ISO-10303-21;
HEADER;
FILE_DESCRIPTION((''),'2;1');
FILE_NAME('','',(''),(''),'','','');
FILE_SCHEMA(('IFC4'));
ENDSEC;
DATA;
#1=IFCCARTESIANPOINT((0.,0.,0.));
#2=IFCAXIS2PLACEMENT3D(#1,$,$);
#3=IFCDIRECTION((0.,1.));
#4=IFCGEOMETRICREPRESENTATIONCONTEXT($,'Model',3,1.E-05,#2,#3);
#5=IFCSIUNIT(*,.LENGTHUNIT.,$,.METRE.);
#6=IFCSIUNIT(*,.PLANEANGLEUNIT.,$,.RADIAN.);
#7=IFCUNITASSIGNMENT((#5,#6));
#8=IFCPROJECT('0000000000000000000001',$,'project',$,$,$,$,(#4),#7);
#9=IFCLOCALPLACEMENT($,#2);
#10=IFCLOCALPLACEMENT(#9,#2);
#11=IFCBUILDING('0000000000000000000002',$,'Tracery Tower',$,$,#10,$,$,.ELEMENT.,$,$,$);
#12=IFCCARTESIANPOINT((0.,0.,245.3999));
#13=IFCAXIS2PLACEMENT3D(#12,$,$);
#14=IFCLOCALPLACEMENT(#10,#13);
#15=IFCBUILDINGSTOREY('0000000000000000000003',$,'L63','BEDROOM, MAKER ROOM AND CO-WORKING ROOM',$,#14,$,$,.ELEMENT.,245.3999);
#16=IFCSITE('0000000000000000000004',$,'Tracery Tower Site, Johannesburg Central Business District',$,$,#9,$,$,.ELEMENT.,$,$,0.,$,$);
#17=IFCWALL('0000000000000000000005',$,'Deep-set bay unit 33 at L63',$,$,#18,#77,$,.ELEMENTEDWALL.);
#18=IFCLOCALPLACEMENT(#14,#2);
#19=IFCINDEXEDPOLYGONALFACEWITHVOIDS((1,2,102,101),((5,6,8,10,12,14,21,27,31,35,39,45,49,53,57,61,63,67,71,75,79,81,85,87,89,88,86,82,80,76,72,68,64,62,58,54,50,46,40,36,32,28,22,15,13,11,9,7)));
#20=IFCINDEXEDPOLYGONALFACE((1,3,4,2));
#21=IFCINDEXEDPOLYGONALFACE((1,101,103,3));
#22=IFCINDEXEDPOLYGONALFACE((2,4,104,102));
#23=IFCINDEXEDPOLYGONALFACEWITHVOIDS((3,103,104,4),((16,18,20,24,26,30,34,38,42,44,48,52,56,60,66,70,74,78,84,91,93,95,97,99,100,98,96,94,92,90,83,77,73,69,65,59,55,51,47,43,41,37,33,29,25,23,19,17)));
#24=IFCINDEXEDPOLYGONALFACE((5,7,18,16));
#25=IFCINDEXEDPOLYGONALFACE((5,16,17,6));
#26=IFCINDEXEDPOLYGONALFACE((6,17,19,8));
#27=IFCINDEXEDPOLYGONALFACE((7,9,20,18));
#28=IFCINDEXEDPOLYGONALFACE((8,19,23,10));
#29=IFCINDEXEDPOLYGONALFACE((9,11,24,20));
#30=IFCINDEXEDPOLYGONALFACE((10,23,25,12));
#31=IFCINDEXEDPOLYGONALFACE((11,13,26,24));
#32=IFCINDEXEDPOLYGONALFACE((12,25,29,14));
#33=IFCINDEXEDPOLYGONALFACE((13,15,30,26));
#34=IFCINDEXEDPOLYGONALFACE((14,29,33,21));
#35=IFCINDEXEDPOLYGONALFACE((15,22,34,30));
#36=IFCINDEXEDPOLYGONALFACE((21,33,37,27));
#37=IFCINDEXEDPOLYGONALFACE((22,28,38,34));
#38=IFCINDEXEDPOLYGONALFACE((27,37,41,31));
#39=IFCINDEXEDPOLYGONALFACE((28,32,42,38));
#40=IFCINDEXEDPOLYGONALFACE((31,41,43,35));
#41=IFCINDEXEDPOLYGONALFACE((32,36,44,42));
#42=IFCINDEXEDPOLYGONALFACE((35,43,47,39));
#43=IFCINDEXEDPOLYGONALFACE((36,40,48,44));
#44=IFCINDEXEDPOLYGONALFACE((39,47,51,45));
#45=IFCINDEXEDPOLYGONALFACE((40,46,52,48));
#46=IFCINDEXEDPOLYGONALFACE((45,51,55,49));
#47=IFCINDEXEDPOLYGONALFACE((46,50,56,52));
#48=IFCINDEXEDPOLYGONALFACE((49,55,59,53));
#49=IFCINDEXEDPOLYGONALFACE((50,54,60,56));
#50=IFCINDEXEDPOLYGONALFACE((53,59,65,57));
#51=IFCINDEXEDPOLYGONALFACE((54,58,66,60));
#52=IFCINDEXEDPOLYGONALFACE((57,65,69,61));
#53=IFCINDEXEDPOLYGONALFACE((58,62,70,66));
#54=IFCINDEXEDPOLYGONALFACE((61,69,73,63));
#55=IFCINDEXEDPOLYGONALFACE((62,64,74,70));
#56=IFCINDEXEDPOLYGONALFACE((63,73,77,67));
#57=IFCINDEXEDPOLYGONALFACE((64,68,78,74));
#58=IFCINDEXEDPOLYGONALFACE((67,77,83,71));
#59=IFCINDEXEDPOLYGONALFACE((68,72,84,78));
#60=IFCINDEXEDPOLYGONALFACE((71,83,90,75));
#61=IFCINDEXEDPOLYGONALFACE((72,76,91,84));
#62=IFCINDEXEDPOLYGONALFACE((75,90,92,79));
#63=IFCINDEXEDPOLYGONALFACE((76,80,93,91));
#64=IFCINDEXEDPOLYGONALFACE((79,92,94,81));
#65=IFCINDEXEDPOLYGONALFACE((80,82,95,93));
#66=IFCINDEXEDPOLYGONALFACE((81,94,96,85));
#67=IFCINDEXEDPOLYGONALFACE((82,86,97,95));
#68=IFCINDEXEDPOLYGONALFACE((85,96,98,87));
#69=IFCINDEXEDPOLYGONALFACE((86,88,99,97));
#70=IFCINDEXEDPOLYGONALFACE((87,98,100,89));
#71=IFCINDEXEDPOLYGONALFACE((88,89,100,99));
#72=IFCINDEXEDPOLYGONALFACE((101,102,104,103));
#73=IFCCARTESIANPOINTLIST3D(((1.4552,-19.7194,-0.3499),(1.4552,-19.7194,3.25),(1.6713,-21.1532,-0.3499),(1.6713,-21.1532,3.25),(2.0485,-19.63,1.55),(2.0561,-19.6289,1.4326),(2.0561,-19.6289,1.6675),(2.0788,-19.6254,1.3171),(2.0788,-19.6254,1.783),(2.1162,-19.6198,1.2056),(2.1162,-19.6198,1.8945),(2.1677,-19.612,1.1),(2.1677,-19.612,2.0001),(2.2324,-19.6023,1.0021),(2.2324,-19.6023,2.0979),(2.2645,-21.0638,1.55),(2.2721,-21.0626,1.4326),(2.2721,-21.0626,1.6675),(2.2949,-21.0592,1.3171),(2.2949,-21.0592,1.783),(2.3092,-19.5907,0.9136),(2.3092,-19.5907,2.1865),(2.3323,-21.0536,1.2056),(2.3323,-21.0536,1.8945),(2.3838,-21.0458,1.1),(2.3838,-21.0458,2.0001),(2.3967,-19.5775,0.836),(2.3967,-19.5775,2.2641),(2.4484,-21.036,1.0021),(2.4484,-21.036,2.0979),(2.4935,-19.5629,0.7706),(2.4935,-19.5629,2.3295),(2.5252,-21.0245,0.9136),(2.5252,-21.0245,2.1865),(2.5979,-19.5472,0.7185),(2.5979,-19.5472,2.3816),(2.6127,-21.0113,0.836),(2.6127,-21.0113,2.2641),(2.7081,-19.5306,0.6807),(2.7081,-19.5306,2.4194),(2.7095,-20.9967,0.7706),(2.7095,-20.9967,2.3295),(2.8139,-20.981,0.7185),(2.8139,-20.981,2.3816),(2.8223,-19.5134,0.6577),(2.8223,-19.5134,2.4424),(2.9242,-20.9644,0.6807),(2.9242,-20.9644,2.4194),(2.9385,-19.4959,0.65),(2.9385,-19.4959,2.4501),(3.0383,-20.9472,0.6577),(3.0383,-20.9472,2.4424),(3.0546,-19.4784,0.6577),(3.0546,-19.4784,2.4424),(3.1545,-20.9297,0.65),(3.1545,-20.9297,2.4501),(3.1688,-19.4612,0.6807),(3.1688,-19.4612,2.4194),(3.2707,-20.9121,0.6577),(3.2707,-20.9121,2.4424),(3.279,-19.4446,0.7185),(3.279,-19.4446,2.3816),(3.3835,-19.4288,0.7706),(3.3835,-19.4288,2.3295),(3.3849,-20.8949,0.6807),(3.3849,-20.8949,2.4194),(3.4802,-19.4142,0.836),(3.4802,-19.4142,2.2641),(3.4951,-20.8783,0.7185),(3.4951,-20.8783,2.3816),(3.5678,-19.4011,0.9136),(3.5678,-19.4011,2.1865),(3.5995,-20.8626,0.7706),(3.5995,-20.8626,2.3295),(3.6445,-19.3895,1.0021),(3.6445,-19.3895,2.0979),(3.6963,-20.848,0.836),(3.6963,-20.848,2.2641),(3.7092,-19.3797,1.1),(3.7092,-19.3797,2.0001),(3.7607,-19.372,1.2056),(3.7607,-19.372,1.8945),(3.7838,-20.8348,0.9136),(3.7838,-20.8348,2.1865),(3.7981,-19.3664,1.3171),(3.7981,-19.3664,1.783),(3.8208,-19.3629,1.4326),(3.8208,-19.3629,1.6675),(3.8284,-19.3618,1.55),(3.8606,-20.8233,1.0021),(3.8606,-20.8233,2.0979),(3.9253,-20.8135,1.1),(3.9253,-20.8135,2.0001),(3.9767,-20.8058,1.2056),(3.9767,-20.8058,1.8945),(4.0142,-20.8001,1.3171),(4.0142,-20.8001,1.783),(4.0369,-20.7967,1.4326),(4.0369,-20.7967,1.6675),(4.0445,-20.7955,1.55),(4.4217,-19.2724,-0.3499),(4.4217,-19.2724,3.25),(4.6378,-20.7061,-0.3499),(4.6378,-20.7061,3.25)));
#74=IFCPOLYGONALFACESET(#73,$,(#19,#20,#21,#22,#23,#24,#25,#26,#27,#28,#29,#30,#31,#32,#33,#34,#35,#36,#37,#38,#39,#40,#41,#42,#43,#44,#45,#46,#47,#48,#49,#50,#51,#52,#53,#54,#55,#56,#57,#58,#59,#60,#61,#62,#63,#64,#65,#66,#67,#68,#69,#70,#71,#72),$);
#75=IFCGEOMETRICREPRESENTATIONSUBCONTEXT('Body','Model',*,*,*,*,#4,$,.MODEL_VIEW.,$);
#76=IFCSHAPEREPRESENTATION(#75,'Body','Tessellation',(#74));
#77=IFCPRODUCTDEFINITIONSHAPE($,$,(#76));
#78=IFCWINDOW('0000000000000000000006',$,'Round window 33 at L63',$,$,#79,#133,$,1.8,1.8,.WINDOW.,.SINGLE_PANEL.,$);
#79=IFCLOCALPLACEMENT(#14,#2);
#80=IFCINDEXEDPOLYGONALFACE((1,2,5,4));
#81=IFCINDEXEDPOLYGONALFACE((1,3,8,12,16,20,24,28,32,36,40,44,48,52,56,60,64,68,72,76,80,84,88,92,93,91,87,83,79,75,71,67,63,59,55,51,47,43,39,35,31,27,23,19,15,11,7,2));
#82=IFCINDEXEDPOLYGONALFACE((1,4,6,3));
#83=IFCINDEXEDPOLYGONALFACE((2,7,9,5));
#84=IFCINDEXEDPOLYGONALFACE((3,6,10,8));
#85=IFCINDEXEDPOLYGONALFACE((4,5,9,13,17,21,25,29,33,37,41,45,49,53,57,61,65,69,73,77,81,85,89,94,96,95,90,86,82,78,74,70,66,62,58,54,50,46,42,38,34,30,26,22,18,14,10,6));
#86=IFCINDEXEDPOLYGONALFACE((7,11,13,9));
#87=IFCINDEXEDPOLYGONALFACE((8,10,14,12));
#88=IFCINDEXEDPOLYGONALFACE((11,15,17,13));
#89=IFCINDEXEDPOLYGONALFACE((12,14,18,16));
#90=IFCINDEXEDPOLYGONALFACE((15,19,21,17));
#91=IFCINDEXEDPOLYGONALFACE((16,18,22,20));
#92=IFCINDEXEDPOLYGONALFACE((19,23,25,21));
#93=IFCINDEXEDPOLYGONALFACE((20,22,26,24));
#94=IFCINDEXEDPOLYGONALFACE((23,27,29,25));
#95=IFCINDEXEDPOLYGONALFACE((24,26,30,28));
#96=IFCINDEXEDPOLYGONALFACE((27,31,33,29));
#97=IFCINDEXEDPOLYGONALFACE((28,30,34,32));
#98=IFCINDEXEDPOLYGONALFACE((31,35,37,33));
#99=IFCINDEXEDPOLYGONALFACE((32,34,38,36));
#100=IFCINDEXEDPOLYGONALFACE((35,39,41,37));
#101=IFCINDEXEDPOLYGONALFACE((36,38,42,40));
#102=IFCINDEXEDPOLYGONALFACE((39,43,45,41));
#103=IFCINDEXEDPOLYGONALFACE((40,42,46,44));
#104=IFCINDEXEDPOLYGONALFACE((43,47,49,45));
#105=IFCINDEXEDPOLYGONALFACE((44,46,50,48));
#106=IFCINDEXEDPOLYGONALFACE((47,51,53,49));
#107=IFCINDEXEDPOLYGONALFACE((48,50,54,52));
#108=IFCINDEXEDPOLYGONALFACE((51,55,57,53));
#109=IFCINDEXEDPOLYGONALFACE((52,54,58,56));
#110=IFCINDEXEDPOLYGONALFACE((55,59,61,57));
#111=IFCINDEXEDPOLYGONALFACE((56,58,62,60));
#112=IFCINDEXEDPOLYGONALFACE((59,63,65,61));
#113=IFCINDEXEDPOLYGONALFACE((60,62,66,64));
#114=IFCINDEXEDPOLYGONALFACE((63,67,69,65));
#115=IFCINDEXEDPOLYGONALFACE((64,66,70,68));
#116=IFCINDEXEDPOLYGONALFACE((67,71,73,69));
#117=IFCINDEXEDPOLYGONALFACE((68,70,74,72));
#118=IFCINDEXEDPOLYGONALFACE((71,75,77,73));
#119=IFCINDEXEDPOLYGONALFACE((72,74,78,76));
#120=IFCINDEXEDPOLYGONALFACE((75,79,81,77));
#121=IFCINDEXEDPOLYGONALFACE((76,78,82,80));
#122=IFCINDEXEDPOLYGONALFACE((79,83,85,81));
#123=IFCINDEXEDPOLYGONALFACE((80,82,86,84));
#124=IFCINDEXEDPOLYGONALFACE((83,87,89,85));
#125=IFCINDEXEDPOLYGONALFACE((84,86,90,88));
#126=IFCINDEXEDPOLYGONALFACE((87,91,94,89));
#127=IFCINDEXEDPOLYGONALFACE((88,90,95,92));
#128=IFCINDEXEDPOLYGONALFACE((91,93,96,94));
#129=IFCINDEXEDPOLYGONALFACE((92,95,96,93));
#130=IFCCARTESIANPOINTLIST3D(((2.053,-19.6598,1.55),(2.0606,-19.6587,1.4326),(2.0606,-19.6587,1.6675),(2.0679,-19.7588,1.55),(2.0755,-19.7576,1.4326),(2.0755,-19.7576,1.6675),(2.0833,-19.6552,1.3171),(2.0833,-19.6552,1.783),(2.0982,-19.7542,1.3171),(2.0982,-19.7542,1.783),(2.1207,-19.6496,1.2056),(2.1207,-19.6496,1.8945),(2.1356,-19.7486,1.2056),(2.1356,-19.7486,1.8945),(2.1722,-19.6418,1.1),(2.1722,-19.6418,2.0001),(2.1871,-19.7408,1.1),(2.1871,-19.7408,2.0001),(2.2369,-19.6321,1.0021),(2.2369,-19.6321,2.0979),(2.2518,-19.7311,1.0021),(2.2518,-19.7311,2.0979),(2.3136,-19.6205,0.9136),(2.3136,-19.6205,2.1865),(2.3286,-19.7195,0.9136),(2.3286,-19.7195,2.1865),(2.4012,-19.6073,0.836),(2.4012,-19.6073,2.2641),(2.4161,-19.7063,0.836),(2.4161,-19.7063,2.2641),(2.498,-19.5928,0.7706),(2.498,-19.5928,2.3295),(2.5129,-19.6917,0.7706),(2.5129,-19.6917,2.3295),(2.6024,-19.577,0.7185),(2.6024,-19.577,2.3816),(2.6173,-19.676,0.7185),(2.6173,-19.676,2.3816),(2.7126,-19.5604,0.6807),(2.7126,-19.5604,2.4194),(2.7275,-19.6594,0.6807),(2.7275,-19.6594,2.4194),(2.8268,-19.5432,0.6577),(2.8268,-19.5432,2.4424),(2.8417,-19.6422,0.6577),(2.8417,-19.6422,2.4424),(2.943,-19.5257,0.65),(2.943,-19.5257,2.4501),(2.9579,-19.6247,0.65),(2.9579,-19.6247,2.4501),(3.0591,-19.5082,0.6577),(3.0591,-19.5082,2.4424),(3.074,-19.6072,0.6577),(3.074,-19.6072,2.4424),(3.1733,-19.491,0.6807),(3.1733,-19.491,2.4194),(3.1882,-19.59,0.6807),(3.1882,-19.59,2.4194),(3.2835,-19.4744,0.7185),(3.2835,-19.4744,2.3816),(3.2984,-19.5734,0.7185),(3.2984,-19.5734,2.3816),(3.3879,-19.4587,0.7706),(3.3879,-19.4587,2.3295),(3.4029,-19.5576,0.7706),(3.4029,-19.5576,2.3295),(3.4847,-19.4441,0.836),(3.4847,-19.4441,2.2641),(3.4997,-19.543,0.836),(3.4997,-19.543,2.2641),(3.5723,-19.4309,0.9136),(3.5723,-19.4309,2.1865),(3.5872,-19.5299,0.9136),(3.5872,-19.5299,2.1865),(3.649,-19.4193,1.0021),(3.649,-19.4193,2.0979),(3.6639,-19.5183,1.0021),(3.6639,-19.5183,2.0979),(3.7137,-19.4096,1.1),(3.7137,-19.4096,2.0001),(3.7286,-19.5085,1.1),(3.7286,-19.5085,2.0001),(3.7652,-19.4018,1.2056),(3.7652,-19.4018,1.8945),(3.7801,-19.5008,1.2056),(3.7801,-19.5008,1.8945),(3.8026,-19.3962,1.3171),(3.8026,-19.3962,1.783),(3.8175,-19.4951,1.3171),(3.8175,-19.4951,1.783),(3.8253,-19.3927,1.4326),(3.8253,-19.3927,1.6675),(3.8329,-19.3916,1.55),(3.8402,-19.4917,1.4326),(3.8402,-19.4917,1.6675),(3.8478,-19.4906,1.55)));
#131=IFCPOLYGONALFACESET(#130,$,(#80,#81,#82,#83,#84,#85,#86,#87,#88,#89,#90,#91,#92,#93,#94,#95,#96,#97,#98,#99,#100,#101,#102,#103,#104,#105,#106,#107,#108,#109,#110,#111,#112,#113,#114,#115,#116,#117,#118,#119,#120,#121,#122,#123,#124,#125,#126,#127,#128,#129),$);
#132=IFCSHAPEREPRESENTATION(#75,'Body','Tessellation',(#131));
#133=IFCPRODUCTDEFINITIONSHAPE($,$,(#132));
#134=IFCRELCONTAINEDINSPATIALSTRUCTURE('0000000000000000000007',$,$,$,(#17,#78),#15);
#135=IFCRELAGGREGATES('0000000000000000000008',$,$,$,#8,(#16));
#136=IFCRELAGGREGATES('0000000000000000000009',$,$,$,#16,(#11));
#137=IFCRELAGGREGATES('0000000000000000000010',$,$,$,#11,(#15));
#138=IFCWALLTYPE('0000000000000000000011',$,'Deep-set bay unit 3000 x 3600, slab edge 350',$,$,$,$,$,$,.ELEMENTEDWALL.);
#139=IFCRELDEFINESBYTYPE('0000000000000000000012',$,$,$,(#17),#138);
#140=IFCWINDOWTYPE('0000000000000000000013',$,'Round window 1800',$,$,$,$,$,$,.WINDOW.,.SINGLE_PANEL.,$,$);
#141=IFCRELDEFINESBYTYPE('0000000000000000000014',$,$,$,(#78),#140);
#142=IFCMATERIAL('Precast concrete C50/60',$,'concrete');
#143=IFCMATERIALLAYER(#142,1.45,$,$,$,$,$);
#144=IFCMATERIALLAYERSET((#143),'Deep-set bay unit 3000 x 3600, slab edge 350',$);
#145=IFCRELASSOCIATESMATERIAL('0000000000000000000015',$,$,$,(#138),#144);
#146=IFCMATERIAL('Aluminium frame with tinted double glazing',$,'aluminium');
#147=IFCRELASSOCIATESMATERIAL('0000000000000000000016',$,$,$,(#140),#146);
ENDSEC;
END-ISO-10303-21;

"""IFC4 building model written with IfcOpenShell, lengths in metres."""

from ifc_helpers import new_model, si_unit, direction, frame, frame_2d, origin, origin_2d, place, context, subcontext, project, spatial, rectangle, circle, extrude, material, layer, layer_set, type_object, element, fill, save


model = new_model("IFC4")

# Units and contexts
model_context = context("Model", 3, precision=1e-05, world=origin(), true_north=direction((0.0, 1.0)))
body_context = subcontext(model_context, "Body", "Model", "MODEL_VIEW")
ifc_project = project(units=[si_unit("LENGTHUNIT", "METRE"), si_unit("PLANEANGLEUNIT", "RADIAN")], contexts=[model_context])

# Site, building, storey
site_placement = place(None, origin())
site = spatial("IfcSite", under=ifc_project, at=site_placement, Name="Tracery Tower Site, Johannesburg Central Business District", CompositionType="ELEMENT", RefElevation=0.0)
building_placement = place(site_placement, origin())
building = spatial("IfcBuilding", under=site, at=building_placement, Name="Tracery Tower", CompositionType="ELEMENT")
storey_placement = place(building_placement, frame((0.0, 0.0, 245.3999)))
storey = spatial("IfcBuildingStorey", under=building, at=storey_placement, Name="L63", Description="BEDROOM, MAKER ROOM AND CO-WORKING ROOM", CompositionType="ELEMENT", Elevation=245.3999)

# Wall, opening, window
ifc_material_1 = material(Name="Precast concrete C50/60", Category="concrete")
ifc_layer_1 = layer(ifc_material_1, 1.45)
ifc_layer_set_1 = layer_set([ifc_layer_1], Name="Deep-set bay unit 3000 x 3600, slab edge 350")
wall_type_1 = type_object("IfcWallType", Name="Deep-set bay unit 3000 x 3600, slab edge 350", PredefinedType="ELEMENTEDWALL", material=ifc_layer_set_1)
wall_1_placement = place(storey_placement, frame((1.5632, -20.4363, -0.3499), z_axis=(0.0, 0.0, 1.0), x_axis=(0.988836, 0.149005, 0.0)))
wall_1 = element("IfcWall", 1, at=wall_1_placement, inside=storey, type_object=wall_type_1, Name="Deep-set bay unit 33 at L63", PredefinedType="ELEMENTEDWALL", context=body_context, shape_type="SweptSolid", body=[
    extrude(rectangle(XDim=3.0, YDim=1.45, at=frame_2d((1.5, 0.0))), origin(), (0.0, 0.0, 1.0), 3.5999),
])
opening_1_placement = place(wall_1_placement, frame((1.5, 0.0, 1.8999)))
opening_1 = element("IfcOpeningElement", 2, at=opening_1_placement, cuts=wall_1, PredefinedType="OPENING", context=body_context, shape_type="SweptSolid", body=[
    extrude(circle(Radius=0.9, at=origin_2d()), frame((0.0, 0.7349, 0.0), z_axis=(0.0, -1.0, 0.0), x_axis=(1.0, 0.0, 0.0)), (0.0, 0.0, 1.0), 1.47),
])
ifc_material_2 = material(Name="Aluminium frame with tinted double glazing", Category="aluminium")
window_type = type_object("IfcWindowType", Name="Round window 1800", PartitioningType="SINGLE_PANEL", PredefinedType="WINDOW", material=ifc_material_2)
window_1_placement = place(opening_1_placement, origin())
window_1 = element("IfcWindow", 3, at=window_1_placement, inside=storey, type_object=window_type, Name="Round window 33 at L63", OverallHeight=1.8, OverallWidth=1.8, PartitioningType="SINGLE_PANEL", PredefinedType="WINDOW", context=body_context, shape_type="SweptSolid", body=[
    extrude(circle(Radius=0.9, at=origin_2d()), frame((0.0, 0.6948, 0.0), z_axis=(0.0, -1.0, 0.0), x_axis=(1.0, 0.0, 0.0)), (0.0, 0.0, 1.0), 0.1001),
])
fill(opening_1, window_1)

save(model, "model.ifc")
